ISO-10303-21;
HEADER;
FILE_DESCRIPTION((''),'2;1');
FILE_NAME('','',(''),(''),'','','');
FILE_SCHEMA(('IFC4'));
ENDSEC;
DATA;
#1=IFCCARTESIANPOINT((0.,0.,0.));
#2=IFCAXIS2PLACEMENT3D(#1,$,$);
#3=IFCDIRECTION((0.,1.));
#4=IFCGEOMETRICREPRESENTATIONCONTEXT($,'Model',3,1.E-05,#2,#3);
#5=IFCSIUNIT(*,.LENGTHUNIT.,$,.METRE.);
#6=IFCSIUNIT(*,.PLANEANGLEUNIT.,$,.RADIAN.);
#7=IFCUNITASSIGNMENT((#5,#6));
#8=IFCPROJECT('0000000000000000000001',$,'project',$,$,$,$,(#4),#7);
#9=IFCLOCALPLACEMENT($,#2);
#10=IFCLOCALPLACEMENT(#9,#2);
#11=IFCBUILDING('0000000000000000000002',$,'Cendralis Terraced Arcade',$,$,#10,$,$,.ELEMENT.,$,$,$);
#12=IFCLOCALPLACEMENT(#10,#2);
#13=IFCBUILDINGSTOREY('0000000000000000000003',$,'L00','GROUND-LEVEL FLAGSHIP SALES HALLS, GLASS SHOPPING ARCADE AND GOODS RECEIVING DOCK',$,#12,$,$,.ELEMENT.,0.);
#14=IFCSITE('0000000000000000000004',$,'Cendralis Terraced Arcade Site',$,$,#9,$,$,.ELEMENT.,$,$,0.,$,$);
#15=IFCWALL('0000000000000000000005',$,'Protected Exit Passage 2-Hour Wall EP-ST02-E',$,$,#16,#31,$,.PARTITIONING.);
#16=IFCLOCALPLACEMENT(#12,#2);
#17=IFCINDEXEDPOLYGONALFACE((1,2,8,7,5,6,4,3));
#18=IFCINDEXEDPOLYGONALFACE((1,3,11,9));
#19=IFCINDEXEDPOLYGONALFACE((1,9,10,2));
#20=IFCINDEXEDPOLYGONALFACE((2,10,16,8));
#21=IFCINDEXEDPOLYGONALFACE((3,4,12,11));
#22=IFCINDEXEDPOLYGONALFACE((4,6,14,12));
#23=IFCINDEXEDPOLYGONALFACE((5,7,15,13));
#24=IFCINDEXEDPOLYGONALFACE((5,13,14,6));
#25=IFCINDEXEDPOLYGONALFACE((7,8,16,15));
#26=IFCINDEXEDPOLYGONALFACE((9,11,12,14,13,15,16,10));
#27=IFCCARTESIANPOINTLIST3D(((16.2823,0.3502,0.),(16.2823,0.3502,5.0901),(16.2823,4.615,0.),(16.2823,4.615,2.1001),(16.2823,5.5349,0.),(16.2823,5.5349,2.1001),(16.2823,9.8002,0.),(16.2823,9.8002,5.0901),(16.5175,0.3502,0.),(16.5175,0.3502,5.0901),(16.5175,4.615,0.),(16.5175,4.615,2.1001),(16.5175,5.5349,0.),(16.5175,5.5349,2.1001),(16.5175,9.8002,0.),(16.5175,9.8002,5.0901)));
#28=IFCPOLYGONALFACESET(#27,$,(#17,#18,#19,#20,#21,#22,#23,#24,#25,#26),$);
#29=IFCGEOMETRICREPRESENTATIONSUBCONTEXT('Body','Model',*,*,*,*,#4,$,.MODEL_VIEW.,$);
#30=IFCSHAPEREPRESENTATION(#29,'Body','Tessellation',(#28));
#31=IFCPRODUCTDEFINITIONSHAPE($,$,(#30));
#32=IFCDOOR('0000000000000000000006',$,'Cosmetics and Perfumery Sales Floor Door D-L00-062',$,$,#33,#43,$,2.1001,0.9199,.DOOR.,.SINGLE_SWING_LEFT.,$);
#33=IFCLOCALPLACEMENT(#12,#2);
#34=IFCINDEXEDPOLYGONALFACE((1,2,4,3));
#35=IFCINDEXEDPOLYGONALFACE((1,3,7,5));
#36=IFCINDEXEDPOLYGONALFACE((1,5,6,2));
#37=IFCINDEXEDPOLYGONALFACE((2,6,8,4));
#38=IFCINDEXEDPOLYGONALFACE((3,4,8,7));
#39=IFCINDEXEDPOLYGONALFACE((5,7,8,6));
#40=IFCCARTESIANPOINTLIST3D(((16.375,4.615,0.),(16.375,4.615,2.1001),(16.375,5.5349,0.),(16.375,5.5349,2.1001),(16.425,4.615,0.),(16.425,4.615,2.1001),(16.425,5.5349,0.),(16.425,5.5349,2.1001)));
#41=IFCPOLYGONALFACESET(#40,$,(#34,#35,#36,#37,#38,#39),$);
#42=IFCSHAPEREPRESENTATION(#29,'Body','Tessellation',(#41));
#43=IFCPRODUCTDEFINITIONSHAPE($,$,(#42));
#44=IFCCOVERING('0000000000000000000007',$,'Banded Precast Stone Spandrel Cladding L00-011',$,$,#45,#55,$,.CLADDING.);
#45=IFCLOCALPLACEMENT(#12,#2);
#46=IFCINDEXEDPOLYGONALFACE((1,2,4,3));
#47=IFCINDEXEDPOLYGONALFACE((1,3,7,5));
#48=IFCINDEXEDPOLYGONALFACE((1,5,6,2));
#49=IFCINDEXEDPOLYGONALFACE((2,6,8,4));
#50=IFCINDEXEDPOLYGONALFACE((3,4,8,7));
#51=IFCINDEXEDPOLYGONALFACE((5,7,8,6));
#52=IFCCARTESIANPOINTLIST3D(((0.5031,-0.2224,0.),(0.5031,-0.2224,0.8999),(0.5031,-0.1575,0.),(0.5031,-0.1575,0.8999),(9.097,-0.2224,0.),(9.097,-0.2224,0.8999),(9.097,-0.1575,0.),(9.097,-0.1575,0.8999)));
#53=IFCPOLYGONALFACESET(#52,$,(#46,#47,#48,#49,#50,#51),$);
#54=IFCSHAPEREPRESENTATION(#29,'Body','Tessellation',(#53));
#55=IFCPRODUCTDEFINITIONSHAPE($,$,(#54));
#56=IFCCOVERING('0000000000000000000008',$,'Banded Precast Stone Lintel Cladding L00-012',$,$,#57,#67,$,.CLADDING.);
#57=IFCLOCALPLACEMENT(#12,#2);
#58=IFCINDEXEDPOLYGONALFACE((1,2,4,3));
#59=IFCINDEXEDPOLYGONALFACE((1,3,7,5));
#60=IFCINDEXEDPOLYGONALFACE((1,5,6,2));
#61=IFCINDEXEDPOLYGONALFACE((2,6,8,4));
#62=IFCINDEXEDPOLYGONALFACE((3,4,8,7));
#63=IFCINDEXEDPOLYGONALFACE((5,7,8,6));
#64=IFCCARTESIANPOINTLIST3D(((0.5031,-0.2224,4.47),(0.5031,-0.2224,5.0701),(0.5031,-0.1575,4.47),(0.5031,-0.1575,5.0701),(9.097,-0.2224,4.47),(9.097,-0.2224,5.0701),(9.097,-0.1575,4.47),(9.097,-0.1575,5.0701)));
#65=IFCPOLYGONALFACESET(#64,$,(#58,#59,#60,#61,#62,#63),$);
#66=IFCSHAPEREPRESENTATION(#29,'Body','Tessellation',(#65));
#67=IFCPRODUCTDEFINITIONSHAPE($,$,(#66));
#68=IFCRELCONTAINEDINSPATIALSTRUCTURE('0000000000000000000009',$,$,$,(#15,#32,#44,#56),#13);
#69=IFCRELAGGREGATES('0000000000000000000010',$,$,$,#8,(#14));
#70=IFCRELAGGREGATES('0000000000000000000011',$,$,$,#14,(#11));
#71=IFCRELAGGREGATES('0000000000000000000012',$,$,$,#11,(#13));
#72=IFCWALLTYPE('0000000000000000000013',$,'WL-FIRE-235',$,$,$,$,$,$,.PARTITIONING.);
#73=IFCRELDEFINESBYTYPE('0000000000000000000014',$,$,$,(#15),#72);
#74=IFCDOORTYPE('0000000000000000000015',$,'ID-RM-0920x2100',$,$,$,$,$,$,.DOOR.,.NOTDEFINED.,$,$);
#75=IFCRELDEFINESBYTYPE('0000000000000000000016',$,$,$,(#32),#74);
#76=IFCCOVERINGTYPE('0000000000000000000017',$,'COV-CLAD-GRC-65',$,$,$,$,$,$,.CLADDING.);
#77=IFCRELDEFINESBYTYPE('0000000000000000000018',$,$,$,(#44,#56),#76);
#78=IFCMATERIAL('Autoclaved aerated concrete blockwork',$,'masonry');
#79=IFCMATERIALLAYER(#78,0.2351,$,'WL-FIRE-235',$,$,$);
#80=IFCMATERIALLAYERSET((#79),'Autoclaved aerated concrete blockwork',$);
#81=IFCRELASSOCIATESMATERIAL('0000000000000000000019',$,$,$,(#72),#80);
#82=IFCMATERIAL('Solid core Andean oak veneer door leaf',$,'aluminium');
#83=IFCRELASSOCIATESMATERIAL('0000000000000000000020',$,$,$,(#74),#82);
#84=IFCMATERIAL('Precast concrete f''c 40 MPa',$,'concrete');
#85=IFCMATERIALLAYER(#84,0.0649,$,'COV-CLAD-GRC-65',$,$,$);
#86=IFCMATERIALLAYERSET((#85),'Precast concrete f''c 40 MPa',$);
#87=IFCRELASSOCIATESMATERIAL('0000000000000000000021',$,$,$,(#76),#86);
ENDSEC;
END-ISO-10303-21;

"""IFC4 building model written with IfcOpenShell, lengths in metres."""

from ifc_helpers import new_model, si_unit, direction, frame, frame_2d, origin, origin_2d, place, context, subcontext, project, spatial, rectangle, extrude, material, layer, layer_set, type_object, element, fill, save


model = new_model("IFC4")

# Units and contexts
model_context = context("Model", 3, precision=1e-05, world=origin(), true_north=direction((0.0, 1.0)))
body_context = subcontext(model_context, "Body", "Model", "MODEL_VIEW")
ifc_project = project(units=[si_unit("LENGTHUNIT", "METRE"), si_unit("PLANEANGLEUNIT", "RADIAN")], contexts=[model_context])

# Site, building, storey
site_placement = place(None, origin())
site = spatial("IfcSite", under=ifc_project, at=site_placement, Name="Cendralis Terraced Arcade Site", CompositionType="ELEMENT", RefElevation=0.0)
building_placement = place(site_placement, origin())
building = spatial("IfcBuilding", under=site, at=building_placement, Name="Cendralis Terraced Arcade", CompositionType="ELEMENT")
storey_placement = place(building_placement, origin())
storey = spatial("IfcBuildingStorey", under=building, at=storey_placement, Name="L00", Description="GROUND-LEVEL FLAGSHIP SALES HALLS, GLASS SHOPPING ARCADE AND GOODS RECEIVING DOCK", CompositionType="ELEMENT", Elevation=0.0)

# Shared definitions
ifc_material_1 = material(Name="Precast concrete f'c 40 MPa", Category="concrete")

# Wall, opening, door
ifc_material_2 = material(Name="Autoclaved aerated concrete blockwork", Category="masonry")
ifc_layer_1 = layer(ifc_material_2, 0.2351, Name="WL-FIRE-235")
ifc_layer_set_1 = layer_set([ifc_layer_1], Name="Autoclaved aerated concrete blockwork")
wall_type_1 = type_object("IfcWallType", Name="WL-FIRE-235", PredefinedType="PARTITIONING", material=ifc_layer_set_1)
wall_1_placement = place(storey_placement, frame((16.3999, 0.3501, 0.0), z_axis=(0.0, 0.0, 1.0), x_axis=(0.0, 1.0, 0.0)))
wall_1 = element("IfcWall", 1, at=wall_1_placement, inside=storey, type_object=wall_type_1, Name="Protected Exit Passage 2-Hour Wall EP-ST02-E", PredefinedType="PARTITIONING", context=body_context, shape_type="SweptSolid", body=[
    extrude(rectangle(XDim=9.45, YDim=0.2351, at=frame_2d((4.7251, 0.0))), origin(), (0.0, 0.0, 1.0), 5.0901),
])
opening_1_placement = place(wall_1_placement, frame((4.2649, 0.0, 0.0)))
opening_1 = element("IfcOpeningElement", 2, at=opening_1_placement, cuts=wall_1, PredefinedType="OPENING", context=body_context, shape_type="SweptSolid", body=[
    extrude(rectangle(XDim=0.9199, YDim=2.1001, at=frame_2d((0.46, 1.05))), frame((0.0, 0.1294, 0.0), z_axis=(0.0, -1.0, 0.0), x_axis=(1.0, 0.0, 0.0)), (0.0, 0.0, 1.0), 0.259),
])
ifc_material_3 = material(Name="Solid core Andean oak veneer door leaf", Category="aluminium")
door_type_1 = type_object("IfcDoorType", Name="ID-RM-0920x2100", OperationType="NOTDEFINED", PredefinedType="DOOR", material=ifc_material_3)
door_1_placement = place(opening_1_placement, origin())
door_1 = element("IfcDoor", 3, at=door_1_placement, inside=storey, type_object=door_type_1, Name="Cosmetics and Perfumery Sales Floor Door D-L00-062", OperationType="SINGLE_SWING_LEFT", OverallHeight=2.1001, OverallWidth=0.9199, PredefinedType="DOOR", context=body_context, shape_type="SweptSolid", body=[
    extrude(rectangle(XDim=0.9199, YDim=2.1001, at=frame_2d((0.46, 1.05))), frame((0.0, 0.0249, 0.0), z_axis=(0.0, -1.0, 0.0), x_axis=(1.0, 0.0, 0.0)), (0.0, 0.0, 1.0), 0.05),
])
fill(opening_1, door_1)

# Coverings
ifc_layer_2 = layer(ifc_material_1, 0.0649, Name="COV-CLAD-GRC-65")
ifc_layer_set_2 = layer_set([ifc_layer_2], Name="Precast concrete f'c 40 MPa")
covering_type = type_object("IfcCoveringType", Name="COV-CLAD-GRC-65", PredefinedType="CLADDING", material=ifc_layer_set_2)
covering_1_placement = place(storey_placement, frame((4.8, -0.1899, 0.0), z_axis=(0.0, 0.0, 1.0), x_axis=(-1.0, 0.0, 0.0)))
element("IfcCovering", 4, at=covering_1_placement, inside=storey, type_object=covering_type, Name="Banded Precast Stone Spandrel Cladding L00-011", PredefinedType="CLADDING", context=body_context, shape_type="SweptSolid", body=[
    extrude(rectangle(XDim=8.594, YDim=0.0649, at=origin_2d()), origin(), (0.0, 0.0, 1.0), 0.8999),
])
covering_2_placement = place(storey_placement, frame((4.8, -0.1899, 4.47), z_axis=(0.0, 0.0, 1.0), x_axis=(-1.0, 0.0, 0.0)))
element("IfcCovering", 5, at=covering_2_placement, inside=storey, type_object=covering_type, Name="Banded Precast Stone Lintel Cladding L00-012", PredefinedType="CLADDING", context=body_context, shape_type="SweptSolid", body=[
    extrude(rectangle(XDim=8.594, YDim=0.0649, at=origin_2d()), origin(), (0.0, 0.0, 1.0), 0.6001),
])

save(model, "model.ifc")
